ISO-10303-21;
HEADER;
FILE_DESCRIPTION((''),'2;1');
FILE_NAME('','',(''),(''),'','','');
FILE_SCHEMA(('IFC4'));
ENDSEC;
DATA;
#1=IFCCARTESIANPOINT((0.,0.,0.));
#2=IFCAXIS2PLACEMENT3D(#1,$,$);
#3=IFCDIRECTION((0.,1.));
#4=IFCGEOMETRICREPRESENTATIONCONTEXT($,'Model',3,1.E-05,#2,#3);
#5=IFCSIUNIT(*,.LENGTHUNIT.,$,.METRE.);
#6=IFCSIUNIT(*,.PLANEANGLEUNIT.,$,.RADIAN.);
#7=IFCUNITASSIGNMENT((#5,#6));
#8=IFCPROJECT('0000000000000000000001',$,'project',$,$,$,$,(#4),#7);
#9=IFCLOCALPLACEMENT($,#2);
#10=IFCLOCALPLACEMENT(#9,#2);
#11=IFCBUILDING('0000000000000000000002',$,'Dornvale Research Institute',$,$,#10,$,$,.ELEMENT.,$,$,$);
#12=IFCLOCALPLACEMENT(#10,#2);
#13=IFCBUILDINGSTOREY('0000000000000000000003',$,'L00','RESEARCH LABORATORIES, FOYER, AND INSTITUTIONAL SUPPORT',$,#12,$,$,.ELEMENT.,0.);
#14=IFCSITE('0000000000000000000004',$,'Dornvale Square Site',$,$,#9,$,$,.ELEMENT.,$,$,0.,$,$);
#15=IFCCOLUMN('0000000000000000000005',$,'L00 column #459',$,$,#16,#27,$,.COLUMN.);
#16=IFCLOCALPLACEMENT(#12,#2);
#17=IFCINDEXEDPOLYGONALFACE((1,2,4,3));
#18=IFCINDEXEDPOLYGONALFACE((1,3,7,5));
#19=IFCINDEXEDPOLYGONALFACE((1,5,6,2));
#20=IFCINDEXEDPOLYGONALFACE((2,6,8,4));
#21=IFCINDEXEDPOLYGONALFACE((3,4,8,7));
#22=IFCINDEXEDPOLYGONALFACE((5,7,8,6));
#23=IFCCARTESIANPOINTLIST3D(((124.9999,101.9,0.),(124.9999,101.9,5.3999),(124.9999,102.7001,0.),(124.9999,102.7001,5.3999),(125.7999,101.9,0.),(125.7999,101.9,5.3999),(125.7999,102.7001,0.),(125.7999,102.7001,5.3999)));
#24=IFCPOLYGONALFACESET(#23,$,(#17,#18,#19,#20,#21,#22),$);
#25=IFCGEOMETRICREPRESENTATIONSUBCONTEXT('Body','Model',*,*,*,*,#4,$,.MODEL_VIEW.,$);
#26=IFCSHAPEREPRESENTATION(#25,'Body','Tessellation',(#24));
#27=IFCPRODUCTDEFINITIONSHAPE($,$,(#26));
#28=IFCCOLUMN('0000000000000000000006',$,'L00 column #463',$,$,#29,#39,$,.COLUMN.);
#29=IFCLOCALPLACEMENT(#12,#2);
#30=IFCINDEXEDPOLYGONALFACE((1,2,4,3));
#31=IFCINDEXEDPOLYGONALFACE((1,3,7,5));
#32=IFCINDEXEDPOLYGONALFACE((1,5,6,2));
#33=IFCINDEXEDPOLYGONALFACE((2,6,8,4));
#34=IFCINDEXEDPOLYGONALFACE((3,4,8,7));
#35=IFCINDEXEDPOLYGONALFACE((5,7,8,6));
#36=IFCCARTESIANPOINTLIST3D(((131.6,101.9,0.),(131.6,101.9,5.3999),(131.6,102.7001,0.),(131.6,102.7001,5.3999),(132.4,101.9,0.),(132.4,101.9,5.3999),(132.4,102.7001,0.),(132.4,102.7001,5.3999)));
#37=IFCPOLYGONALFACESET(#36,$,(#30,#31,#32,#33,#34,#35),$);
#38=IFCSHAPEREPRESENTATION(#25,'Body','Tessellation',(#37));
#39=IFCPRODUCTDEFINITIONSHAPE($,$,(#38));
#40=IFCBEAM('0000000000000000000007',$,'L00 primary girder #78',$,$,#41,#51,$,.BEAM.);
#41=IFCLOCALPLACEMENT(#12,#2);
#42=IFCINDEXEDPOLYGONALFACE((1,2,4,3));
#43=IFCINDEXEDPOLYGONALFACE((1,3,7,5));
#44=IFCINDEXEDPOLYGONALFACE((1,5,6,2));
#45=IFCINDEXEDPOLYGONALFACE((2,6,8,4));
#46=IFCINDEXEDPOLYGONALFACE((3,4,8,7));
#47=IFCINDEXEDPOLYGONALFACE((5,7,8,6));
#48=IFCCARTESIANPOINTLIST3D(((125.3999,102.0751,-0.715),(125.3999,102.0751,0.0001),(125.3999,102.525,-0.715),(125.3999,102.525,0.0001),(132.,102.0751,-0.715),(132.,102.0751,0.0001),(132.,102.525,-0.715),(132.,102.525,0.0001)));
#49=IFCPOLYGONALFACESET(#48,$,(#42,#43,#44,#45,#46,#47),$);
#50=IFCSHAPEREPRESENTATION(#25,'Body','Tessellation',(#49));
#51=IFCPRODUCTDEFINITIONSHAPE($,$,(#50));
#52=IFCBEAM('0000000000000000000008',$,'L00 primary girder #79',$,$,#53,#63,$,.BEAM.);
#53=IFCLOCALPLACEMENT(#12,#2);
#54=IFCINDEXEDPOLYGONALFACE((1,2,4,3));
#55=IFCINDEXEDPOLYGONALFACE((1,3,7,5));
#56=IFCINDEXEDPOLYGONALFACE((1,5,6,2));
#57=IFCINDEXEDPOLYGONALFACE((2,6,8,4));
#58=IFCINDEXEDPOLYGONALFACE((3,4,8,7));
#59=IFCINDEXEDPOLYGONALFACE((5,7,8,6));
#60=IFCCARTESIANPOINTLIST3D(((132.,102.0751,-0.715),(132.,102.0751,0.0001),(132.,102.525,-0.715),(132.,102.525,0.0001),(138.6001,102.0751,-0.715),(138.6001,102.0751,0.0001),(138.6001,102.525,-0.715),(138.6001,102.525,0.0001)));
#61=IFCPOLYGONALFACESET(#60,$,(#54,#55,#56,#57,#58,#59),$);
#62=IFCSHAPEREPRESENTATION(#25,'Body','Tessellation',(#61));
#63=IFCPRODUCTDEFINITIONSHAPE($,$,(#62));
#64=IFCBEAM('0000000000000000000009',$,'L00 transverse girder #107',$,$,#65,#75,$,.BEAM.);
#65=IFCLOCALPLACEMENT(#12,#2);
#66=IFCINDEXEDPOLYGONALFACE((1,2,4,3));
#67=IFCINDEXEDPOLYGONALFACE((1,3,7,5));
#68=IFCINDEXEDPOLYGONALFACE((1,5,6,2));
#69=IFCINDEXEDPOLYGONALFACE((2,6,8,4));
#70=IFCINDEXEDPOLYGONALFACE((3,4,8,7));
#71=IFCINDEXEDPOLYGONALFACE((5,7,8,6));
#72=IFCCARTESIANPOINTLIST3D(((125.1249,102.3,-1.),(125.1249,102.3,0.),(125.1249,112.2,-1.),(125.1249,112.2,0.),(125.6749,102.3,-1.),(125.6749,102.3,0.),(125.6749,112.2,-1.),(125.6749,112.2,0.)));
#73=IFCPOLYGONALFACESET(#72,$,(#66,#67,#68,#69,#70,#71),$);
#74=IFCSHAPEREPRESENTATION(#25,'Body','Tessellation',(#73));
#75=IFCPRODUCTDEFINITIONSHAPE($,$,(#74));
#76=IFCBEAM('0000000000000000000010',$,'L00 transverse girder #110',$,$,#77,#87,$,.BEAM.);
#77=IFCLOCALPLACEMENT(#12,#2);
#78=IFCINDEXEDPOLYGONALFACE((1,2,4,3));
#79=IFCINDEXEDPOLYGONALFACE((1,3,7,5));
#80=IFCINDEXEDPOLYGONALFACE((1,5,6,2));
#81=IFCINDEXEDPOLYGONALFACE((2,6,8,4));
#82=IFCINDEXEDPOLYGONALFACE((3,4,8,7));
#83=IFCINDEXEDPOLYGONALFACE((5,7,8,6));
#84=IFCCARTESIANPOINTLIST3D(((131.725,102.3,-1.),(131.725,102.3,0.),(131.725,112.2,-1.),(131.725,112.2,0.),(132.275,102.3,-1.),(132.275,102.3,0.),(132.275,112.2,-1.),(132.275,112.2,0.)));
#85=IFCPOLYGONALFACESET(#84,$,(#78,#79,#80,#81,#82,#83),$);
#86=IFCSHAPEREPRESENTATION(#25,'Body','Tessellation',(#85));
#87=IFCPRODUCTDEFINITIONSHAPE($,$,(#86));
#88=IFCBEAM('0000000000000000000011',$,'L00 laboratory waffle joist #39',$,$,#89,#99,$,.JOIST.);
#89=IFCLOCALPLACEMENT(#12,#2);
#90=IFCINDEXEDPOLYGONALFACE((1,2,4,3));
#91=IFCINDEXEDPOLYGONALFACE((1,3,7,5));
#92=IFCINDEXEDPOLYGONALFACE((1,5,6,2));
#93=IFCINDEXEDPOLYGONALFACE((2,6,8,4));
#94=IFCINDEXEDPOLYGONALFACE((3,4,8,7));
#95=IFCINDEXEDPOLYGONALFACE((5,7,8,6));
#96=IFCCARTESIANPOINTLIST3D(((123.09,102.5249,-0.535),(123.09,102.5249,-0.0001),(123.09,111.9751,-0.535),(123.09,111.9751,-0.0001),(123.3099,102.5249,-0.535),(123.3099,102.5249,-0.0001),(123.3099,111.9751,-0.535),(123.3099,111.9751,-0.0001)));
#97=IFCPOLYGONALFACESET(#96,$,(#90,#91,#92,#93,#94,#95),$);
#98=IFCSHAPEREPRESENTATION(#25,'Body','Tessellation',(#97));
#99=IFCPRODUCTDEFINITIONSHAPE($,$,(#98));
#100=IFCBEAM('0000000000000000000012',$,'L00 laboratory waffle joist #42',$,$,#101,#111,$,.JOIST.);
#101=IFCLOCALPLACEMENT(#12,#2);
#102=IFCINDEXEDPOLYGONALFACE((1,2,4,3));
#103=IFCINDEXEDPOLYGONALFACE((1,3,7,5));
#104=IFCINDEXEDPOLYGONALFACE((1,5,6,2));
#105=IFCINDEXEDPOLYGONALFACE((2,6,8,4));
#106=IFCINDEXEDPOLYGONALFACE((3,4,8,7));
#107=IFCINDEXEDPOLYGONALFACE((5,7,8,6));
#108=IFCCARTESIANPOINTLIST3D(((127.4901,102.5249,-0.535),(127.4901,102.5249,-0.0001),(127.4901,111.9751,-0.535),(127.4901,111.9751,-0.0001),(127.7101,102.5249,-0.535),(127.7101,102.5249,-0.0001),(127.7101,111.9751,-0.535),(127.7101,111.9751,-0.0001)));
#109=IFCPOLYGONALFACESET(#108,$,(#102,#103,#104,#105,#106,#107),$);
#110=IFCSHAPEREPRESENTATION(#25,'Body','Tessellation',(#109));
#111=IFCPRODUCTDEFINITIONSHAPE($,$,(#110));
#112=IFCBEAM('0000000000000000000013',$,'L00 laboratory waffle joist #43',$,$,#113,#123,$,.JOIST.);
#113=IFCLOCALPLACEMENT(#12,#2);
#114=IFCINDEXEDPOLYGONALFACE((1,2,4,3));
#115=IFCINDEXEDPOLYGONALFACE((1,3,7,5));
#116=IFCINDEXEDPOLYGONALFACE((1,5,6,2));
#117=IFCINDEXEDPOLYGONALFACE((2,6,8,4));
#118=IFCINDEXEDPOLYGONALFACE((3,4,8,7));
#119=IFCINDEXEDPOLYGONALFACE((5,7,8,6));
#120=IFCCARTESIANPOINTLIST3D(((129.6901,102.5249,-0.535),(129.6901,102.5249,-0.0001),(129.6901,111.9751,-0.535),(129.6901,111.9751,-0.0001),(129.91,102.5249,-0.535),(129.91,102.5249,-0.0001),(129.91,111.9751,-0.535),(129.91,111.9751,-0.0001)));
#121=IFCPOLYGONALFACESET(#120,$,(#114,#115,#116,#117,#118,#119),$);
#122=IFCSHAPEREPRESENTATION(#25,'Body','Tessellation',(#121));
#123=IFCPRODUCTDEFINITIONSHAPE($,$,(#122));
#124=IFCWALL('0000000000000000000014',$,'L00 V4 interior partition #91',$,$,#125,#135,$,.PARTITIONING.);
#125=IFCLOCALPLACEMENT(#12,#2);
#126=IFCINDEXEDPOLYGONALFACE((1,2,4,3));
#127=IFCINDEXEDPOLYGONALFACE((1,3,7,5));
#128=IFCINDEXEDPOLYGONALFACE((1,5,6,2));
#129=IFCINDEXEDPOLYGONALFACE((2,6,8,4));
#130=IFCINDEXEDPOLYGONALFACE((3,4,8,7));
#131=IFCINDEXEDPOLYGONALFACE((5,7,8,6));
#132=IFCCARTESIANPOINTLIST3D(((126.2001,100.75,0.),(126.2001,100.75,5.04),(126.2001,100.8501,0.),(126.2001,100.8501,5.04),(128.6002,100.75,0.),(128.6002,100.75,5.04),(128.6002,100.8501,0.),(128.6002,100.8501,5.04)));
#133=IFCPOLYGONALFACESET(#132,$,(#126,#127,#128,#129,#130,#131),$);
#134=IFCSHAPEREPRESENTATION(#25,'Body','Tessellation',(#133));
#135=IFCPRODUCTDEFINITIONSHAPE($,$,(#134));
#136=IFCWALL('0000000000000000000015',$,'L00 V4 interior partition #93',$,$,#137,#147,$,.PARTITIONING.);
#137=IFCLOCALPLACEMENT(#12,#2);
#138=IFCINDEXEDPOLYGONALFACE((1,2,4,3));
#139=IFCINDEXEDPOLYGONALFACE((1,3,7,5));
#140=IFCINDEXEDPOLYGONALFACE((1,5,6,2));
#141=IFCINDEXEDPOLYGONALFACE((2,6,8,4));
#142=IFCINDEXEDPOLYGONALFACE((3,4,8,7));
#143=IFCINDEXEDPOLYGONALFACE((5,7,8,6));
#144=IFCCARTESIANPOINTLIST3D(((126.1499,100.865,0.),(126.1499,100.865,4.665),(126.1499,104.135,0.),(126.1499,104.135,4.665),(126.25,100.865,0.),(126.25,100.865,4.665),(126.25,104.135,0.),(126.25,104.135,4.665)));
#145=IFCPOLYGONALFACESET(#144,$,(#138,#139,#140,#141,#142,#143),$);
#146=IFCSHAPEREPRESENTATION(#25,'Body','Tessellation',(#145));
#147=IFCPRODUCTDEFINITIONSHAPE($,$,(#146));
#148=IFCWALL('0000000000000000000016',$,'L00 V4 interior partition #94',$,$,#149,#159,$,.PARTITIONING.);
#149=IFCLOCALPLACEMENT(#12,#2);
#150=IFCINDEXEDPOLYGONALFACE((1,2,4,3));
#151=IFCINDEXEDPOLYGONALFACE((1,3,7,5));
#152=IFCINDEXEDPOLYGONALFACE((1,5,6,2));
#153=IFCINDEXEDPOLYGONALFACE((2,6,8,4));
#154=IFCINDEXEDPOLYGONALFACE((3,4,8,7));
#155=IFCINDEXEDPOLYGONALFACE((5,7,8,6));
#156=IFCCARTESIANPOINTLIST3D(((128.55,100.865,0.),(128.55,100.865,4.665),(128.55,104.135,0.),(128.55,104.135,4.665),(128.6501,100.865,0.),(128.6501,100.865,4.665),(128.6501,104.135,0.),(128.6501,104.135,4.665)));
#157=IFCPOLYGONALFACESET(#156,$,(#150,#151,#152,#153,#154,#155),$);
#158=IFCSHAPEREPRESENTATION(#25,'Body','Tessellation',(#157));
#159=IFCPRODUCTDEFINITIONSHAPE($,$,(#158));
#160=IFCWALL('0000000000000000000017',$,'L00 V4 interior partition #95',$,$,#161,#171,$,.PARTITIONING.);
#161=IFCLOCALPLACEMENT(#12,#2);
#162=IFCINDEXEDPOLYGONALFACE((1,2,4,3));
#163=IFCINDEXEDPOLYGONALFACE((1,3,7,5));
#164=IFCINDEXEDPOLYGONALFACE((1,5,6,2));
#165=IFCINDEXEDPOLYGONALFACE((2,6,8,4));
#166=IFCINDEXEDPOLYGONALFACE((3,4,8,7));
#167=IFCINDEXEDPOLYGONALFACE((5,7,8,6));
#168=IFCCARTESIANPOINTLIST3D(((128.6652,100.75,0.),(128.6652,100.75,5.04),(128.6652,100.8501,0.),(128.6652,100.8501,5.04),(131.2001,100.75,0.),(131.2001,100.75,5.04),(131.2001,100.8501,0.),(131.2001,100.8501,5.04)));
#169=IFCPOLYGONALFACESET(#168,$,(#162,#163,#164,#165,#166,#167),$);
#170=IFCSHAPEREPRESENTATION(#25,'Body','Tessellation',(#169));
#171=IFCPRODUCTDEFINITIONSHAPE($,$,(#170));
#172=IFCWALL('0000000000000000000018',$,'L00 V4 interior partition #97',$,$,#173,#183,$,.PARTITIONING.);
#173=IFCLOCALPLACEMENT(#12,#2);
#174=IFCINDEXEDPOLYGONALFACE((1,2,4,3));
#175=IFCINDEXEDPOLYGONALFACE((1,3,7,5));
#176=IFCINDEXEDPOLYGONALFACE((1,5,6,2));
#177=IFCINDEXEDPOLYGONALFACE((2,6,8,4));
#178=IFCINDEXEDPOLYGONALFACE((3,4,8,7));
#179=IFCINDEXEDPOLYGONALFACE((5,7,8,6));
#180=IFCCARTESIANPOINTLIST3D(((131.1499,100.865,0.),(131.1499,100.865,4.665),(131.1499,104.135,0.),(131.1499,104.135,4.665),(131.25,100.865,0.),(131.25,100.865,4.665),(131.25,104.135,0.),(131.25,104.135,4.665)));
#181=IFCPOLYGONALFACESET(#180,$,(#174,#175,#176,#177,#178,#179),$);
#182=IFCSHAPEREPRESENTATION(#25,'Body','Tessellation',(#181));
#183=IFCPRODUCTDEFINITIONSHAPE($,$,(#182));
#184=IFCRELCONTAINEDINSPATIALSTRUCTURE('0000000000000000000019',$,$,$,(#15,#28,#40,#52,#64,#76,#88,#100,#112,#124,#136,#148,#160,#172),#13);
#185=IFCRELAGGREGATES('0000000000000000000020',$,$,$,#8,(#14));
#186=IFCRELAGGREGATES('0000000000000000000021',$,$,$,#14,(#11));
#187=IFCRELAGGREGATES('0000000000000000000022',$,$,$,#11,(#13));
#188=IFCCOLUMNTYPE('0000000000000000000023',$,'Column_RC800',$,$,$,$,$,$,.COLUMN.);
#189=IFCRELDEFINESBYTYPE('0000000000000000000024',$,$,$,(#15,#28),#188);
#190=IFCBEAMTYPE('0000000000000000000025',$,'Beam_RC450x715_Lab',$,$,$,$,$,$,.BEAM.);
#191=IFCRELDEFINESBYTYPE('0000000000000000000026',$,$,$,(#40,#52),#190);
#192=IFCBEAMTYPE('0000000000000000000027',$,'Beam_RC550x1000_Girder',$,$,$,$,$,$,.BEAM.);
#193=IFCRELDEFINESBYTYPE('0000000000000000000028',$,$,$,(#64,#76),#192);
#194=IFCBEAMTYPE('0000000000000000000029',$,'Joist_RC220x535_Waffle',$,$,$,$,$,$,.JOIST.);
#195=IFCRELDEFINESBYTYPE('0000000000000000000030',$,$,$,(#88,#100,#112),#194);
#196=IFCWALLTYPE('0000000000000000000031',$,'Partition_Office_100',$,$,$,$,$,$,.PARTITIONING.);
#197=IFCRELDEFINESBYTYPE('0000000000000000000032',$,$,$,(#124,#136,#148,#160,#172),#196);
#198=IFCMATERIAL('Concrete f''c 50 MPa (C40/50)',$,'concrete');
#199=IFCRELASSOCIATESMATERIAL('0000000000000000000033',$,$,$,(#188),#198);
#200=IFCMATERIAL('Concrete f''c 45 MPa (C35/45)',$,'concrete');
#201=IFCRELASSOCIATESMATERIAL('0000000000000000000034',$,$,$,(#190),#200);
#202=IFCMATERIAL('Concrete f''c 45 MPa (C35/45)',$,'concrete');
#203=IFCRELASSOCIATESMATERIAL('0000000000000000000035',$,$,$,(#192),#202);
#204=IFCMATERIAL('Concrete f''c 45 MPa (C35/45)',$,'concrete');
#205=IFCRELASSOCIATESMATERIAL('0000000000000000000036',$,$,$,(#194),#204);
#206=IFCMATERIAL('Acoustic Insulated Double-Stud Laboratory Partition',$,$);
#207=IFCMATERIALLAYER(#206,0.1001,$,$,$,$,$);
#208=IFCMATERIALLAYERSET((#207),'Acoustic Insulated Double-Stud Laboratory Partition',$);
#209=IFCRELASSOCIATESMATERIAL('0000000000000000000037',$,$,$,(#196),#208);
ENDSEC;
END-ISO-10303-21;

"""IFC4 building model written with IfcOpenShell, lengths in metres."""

from ifc_helpers import new_model, si_unit, direction, frame, frame_2d, origin, origin_2d, place, context, subcontext, project, spatial, rectangle, extrude, material, layer, layer_set, material_profile, profile_set, type_object, element, save


model = new_model("IFC4")

# Units and contexts
model_context = context("Model", 3, precision=1e-05, world=origin(), true_north=direction((0.0, 1.0)))
body_context = subcontext(model_context, "Body", "Model", "MODEL_VIEW")
ifc_project = project(units=[si_unit("LENGTHUNIT", "METRE"), si_unit("PLANEANGLEUNIT", "RADIAN")], contexts=[model_context])

# Site, building, storey
site_placement = place(None, origin())
site = spatial("IfcSite", under=ifc_project, at=site_placement, Name="Dornvale Square Site", CompositionType="ELEMENT", RefElevation=0.0)
building_placement = place(site_placement, origin())
building = spatial("IfcBuilding", under=site, at=building_placement, Name="Dornvale Research Institute", CompositionType="ELEMENT")
storey_placement = place(building_placement, origin())
storey = spatial("IfcBuildingStorey", under=building, at=storey_placement, Name="L00", Description="RESEARCH LABORATORIES, FOYER, AND INSTITUTIONAL SUPPORT", CompositionType="ELEMENT", Elevation=0.0)

# Columns
ifc_material_1 = material(Name="Concrete f'c 50 MPa (C40/50)", Category="concrete")
ifc_material_profile_1 = material_profile(ifc_material_1, rectangle(XDim=0.8, YDim=0.8, at=origin_2d()), Name="RC 800x800")
ifc_profile_set_1 = profile_set([ifc_material_profile_1], Name="Concrete f'c 50 MPa (C40/50)")
column_type = type_object("IfcColumnType", Name="Column_RC800", PredefinedType="COLUMN", material=ifc_profile_set_1)
for number, where, z_axis, x_axis, name in (
    (1, (125.3999, 102.3, 0.0), (0.0, 0.0, 1.0), (1.0, 0.0, 0.0), "L00 column #459"),
    (2, (132.0, 102.3, 0.0), (0.0, 0.0, 1.0), (1.0, 0.0, 0.0), "L00 column #463"),
):
    element("IfcColumn", number, at=place(storey_placement, frame(where, z_axis=z_axis, x_axis=x_axis)), inside=storey, type_object=column_type, Name=name, PredefinedType="COLUMN", context=body_context, shape_type="SweptSolid", body=[
        extrude(rectangle(XDim=0.8, YDim=0.8, at=origin_2d()), origin(), (0.0, 0.0, 1.0), 5.3999),
    ])

# Beams
ifc_material_2 = material(Name="Concrete f'c 45 MPa (C35/45)", Category="concrete")
ifc_material_profile_2 = material_profile(ifc_material_2, rectangle(XDim=0.45, YDim=0.7151, at=origin_2d()), Name="RC 450x715")
ifc_profile_set_2 = profile_set([ifc_material_profile_2], Name="Concrete f'c 45 MPa (C35/45)")
beam_type_1 = type_object("IfcBeamType", Name="Beam_RC450x715_Lab", PredefinedType="BEAM", material=ifc_profile_set_2)
for number, where, z_axis, x_axis, name in (
    (3, (125.3999, 102.3, -0.3574), (1.0, 0.0, 0.0), (0.0, 1.0, 0.0), "L00 primary girder #78"),
    (4, (132.0, 102.3, -0.3574), (1.0, 0.0, 0.0), (0.0, 1.0, 0.0), "L00 primary girder #79"),
):
    element("IfcBeam", number, at=place(storey_placement, frame(where, z_axis=z_axis, x_axis=x_axis)), inside=storey, type_object=beam_type_1, Name=name, PredefinedType="BEAM", context=body_context, shape_type="SweptSolid", body=[
        extrude(rectangle(XDim=0.45, YDim=0.7151, at=origin_2d()), origin(), (0.0, 0.0, 1.0), 6.6001),
    ])
ifc_material_3 = material(Name="Concrete f'c 45 MPa (C35/45)", Category="concrete")
ifc_material_profile_3 = material_profile(ifc_material_3, rectangle(XDim=0.55, YDim=1.0, at=origin_2d()), Name="RC 550x1000")
ifc_profile_set_3 = profile_set([ifc_material_profile_3], Name="Concrete f'c 45 MPa (C35/45)")
beam_type_2 = type_object("IfcBeamType", Name="Beam_RC550x1000_Girder", PredefinedType="BEAM", material=ifc_profile_set_3)
for number, where, z_axis, x_axis, name in (
    (5, (125.3999, 102.3, -0.5), (0.0, 1.0, 0.0), (-1.0, 0.0, 0.0), "L00 transverse girder #107"),
    (6, (132.0, 102.3, -0.5), (0.0, 1.0, 0.0), (-1.0, 0.0, 0.0), "L00 transverse girder #110"),
):
    element("IfcBeam", number, at=place(storey_placement, frame(where, z_axis=z_axis, x_axis=x_axis)), inside=storey, type_object=beam_type_2, Name=name, PredefinedType="BEAM", context=body_context, shape_type="SweptSolid", body=[
        extrude(rectangle(XDim=0.55, YDim=1.0, at=origin_2d()), origin(), (0.0, 0.0, 1.0), 9.8999),
    ])
ifc_material_4 = material(Name="Concrete f'c 45 MPa (C35/45)", Category="concrete")
ifc_material_profile_4 = material_profile(ifc_material_4, rectangle(XDim=0.22, YDim=0.5349, at=origin_2d()), Name="RC 220x535")
ifc_profile_set_4 = profile_set([ifc_material_profile_4], Name="Concrete f'c 45 MPa (C35/45)")
beam_type_3 = type_object("IfcBeamType", Name="Joist_RC220x535_Waffle", PredefinedType="JOIST", material=ifc_profile_set_4)
for number, where, z_axis, x_axis, name in (
    (7, (123.2, 102.5249, -0.2676), (0.0, 1.0, 0.0), (-1.0, 0.0, 0.0), "L00 laboratory waffle joist #39"),
    (8, (127.6001, 102.5249, -0.2676), (0.0, 1.0, 0.0), (-1.0, 0.0, 0.0), "L00 laboratory waffle joist #42"),
    (9, (129.8, 102.5249, -0.2676), (0.0, 1.0, 0.0), (-1.0, 0.0, 0.0), "L00 laboratory waffle joist #43"),
):
    element("IfcBeam", number, at=place(storey_placement, frame(where, z_axis=z_axis, x_axis=x_axis)), inside=storey, type_object=beam_type_3, Name=name, PredefinedType="JOIST", context=body_context, shape_type="SweptSolid", body=[
        extrude(rectangle(XDim=0.22, YDim=0.5349, at=origin_2d()), origin(), (0.0, 0.0, 1.0), 9.4502),
    ])

# Walls
ifc_material_5 = material(Name="Acoustic Insulated Double-Stud Laboratory Partition")
ifc_layer_1 = layer(ifc_material_5, 0.1001)
ifc_layer_set_1 = layer_set([ifc_layer_1], Name="Acoustic Insulated Double-Stud Laboratory Partition")
wall_type_1 = type_object("IfcWallType", Name="Partition_Office_100", PredefinedType="PARTITIONING", material=ifc_layer_set_1)
wall_1_placement = place(storey_placement, frame((126.2, 100.8, 0.0), z_axis=(0.0, 0.0, 1.0), x_axis=(1.0, 0.0, 0.0)))
element("IfcWall", 10, at=wall_1_placement, inside=storey, type_object=wall_type_1, Name="L00 V4 interior partition #91", PredefinedType="PARTITIONING", context=body_context, shape_type="SweptSolid", body=[
    extrude(rectangle(XDim=2.4001, YDim=0.1001, at=frame_2d((1.2002, 0.0))), origin(), (0.0, 0.0, 1.0), 5.04),
])
for number, where, z_axis, x_axis, name in (
    (11, (126.2, 100.865, 0.0), (0.0, 0.0, 1.0), (0.0, 1.0, 0.0), "L00 V4 interior partition #93"),
    (12, (128.6001, 100.865, 0.0), (0.0, 0.0, 1.0), (0.0, 1.0, 0.0), "L00 V4 interior partition #94"),
):
    element("IfcWall", number, at=place(storey_placement, frame(where, z_axis=z_axis, x_axis=x_axis)), inside=storey, type_object=wall_type_1, Name=name, PredefinedType="PARTITIONING", context=body_context, shape_type="SweptSolid", body=[
        extrude(rectangle(XDim=3.27, YDim=0.1001, at=frame_2d((1.635, 0.0))), origin(), (0.0, 0.0, 1.0), 4.665),
    ])
wall_2_placement = place(storey_placement, frame((128.665, 100.8, 0.0), z_axis=(0.0, 0.0, 1.0), x_axis=(1.0, 0.0, 0.0)))
element("IfcWall", 13, at=wall_2_placement, inside=storey, type_object=wall_type_1, Name="L00 V4 interior partition #95", PredefinedType="PARTITIONING", context=body_context, shape_type="SweptSolid", body=[
    extrude(rectangle(XDim=2.5349, YDim=0.1001, at=frame_2d((1.2676, 0.0))), origin(), (0.0, 0.0, 1.0), 5.04),
])
wall_3_placement = place(storey_placement, frame((131.2, 100.865, 0.0), z_axis=(0.0, 0.0, 1.0), x_axis=(0.0, 1.0, 0.0)))
element("IfcWall", 14, at=wall_3_placement, inside=storey, type_object=wall_type_1, Name="L00 V4 interior partition #97", PredefinedType="PARTITIONING", context=body_context, shape_type="SweptSolid", body=[
    extrude(rectangle(XDim=3.27, YDim=0.1001, at=frame_2d((1.635, 0.0))), origin(), (0.0, 0.0, 1.0), 4.665),
])

save(model, "model.ifc")
